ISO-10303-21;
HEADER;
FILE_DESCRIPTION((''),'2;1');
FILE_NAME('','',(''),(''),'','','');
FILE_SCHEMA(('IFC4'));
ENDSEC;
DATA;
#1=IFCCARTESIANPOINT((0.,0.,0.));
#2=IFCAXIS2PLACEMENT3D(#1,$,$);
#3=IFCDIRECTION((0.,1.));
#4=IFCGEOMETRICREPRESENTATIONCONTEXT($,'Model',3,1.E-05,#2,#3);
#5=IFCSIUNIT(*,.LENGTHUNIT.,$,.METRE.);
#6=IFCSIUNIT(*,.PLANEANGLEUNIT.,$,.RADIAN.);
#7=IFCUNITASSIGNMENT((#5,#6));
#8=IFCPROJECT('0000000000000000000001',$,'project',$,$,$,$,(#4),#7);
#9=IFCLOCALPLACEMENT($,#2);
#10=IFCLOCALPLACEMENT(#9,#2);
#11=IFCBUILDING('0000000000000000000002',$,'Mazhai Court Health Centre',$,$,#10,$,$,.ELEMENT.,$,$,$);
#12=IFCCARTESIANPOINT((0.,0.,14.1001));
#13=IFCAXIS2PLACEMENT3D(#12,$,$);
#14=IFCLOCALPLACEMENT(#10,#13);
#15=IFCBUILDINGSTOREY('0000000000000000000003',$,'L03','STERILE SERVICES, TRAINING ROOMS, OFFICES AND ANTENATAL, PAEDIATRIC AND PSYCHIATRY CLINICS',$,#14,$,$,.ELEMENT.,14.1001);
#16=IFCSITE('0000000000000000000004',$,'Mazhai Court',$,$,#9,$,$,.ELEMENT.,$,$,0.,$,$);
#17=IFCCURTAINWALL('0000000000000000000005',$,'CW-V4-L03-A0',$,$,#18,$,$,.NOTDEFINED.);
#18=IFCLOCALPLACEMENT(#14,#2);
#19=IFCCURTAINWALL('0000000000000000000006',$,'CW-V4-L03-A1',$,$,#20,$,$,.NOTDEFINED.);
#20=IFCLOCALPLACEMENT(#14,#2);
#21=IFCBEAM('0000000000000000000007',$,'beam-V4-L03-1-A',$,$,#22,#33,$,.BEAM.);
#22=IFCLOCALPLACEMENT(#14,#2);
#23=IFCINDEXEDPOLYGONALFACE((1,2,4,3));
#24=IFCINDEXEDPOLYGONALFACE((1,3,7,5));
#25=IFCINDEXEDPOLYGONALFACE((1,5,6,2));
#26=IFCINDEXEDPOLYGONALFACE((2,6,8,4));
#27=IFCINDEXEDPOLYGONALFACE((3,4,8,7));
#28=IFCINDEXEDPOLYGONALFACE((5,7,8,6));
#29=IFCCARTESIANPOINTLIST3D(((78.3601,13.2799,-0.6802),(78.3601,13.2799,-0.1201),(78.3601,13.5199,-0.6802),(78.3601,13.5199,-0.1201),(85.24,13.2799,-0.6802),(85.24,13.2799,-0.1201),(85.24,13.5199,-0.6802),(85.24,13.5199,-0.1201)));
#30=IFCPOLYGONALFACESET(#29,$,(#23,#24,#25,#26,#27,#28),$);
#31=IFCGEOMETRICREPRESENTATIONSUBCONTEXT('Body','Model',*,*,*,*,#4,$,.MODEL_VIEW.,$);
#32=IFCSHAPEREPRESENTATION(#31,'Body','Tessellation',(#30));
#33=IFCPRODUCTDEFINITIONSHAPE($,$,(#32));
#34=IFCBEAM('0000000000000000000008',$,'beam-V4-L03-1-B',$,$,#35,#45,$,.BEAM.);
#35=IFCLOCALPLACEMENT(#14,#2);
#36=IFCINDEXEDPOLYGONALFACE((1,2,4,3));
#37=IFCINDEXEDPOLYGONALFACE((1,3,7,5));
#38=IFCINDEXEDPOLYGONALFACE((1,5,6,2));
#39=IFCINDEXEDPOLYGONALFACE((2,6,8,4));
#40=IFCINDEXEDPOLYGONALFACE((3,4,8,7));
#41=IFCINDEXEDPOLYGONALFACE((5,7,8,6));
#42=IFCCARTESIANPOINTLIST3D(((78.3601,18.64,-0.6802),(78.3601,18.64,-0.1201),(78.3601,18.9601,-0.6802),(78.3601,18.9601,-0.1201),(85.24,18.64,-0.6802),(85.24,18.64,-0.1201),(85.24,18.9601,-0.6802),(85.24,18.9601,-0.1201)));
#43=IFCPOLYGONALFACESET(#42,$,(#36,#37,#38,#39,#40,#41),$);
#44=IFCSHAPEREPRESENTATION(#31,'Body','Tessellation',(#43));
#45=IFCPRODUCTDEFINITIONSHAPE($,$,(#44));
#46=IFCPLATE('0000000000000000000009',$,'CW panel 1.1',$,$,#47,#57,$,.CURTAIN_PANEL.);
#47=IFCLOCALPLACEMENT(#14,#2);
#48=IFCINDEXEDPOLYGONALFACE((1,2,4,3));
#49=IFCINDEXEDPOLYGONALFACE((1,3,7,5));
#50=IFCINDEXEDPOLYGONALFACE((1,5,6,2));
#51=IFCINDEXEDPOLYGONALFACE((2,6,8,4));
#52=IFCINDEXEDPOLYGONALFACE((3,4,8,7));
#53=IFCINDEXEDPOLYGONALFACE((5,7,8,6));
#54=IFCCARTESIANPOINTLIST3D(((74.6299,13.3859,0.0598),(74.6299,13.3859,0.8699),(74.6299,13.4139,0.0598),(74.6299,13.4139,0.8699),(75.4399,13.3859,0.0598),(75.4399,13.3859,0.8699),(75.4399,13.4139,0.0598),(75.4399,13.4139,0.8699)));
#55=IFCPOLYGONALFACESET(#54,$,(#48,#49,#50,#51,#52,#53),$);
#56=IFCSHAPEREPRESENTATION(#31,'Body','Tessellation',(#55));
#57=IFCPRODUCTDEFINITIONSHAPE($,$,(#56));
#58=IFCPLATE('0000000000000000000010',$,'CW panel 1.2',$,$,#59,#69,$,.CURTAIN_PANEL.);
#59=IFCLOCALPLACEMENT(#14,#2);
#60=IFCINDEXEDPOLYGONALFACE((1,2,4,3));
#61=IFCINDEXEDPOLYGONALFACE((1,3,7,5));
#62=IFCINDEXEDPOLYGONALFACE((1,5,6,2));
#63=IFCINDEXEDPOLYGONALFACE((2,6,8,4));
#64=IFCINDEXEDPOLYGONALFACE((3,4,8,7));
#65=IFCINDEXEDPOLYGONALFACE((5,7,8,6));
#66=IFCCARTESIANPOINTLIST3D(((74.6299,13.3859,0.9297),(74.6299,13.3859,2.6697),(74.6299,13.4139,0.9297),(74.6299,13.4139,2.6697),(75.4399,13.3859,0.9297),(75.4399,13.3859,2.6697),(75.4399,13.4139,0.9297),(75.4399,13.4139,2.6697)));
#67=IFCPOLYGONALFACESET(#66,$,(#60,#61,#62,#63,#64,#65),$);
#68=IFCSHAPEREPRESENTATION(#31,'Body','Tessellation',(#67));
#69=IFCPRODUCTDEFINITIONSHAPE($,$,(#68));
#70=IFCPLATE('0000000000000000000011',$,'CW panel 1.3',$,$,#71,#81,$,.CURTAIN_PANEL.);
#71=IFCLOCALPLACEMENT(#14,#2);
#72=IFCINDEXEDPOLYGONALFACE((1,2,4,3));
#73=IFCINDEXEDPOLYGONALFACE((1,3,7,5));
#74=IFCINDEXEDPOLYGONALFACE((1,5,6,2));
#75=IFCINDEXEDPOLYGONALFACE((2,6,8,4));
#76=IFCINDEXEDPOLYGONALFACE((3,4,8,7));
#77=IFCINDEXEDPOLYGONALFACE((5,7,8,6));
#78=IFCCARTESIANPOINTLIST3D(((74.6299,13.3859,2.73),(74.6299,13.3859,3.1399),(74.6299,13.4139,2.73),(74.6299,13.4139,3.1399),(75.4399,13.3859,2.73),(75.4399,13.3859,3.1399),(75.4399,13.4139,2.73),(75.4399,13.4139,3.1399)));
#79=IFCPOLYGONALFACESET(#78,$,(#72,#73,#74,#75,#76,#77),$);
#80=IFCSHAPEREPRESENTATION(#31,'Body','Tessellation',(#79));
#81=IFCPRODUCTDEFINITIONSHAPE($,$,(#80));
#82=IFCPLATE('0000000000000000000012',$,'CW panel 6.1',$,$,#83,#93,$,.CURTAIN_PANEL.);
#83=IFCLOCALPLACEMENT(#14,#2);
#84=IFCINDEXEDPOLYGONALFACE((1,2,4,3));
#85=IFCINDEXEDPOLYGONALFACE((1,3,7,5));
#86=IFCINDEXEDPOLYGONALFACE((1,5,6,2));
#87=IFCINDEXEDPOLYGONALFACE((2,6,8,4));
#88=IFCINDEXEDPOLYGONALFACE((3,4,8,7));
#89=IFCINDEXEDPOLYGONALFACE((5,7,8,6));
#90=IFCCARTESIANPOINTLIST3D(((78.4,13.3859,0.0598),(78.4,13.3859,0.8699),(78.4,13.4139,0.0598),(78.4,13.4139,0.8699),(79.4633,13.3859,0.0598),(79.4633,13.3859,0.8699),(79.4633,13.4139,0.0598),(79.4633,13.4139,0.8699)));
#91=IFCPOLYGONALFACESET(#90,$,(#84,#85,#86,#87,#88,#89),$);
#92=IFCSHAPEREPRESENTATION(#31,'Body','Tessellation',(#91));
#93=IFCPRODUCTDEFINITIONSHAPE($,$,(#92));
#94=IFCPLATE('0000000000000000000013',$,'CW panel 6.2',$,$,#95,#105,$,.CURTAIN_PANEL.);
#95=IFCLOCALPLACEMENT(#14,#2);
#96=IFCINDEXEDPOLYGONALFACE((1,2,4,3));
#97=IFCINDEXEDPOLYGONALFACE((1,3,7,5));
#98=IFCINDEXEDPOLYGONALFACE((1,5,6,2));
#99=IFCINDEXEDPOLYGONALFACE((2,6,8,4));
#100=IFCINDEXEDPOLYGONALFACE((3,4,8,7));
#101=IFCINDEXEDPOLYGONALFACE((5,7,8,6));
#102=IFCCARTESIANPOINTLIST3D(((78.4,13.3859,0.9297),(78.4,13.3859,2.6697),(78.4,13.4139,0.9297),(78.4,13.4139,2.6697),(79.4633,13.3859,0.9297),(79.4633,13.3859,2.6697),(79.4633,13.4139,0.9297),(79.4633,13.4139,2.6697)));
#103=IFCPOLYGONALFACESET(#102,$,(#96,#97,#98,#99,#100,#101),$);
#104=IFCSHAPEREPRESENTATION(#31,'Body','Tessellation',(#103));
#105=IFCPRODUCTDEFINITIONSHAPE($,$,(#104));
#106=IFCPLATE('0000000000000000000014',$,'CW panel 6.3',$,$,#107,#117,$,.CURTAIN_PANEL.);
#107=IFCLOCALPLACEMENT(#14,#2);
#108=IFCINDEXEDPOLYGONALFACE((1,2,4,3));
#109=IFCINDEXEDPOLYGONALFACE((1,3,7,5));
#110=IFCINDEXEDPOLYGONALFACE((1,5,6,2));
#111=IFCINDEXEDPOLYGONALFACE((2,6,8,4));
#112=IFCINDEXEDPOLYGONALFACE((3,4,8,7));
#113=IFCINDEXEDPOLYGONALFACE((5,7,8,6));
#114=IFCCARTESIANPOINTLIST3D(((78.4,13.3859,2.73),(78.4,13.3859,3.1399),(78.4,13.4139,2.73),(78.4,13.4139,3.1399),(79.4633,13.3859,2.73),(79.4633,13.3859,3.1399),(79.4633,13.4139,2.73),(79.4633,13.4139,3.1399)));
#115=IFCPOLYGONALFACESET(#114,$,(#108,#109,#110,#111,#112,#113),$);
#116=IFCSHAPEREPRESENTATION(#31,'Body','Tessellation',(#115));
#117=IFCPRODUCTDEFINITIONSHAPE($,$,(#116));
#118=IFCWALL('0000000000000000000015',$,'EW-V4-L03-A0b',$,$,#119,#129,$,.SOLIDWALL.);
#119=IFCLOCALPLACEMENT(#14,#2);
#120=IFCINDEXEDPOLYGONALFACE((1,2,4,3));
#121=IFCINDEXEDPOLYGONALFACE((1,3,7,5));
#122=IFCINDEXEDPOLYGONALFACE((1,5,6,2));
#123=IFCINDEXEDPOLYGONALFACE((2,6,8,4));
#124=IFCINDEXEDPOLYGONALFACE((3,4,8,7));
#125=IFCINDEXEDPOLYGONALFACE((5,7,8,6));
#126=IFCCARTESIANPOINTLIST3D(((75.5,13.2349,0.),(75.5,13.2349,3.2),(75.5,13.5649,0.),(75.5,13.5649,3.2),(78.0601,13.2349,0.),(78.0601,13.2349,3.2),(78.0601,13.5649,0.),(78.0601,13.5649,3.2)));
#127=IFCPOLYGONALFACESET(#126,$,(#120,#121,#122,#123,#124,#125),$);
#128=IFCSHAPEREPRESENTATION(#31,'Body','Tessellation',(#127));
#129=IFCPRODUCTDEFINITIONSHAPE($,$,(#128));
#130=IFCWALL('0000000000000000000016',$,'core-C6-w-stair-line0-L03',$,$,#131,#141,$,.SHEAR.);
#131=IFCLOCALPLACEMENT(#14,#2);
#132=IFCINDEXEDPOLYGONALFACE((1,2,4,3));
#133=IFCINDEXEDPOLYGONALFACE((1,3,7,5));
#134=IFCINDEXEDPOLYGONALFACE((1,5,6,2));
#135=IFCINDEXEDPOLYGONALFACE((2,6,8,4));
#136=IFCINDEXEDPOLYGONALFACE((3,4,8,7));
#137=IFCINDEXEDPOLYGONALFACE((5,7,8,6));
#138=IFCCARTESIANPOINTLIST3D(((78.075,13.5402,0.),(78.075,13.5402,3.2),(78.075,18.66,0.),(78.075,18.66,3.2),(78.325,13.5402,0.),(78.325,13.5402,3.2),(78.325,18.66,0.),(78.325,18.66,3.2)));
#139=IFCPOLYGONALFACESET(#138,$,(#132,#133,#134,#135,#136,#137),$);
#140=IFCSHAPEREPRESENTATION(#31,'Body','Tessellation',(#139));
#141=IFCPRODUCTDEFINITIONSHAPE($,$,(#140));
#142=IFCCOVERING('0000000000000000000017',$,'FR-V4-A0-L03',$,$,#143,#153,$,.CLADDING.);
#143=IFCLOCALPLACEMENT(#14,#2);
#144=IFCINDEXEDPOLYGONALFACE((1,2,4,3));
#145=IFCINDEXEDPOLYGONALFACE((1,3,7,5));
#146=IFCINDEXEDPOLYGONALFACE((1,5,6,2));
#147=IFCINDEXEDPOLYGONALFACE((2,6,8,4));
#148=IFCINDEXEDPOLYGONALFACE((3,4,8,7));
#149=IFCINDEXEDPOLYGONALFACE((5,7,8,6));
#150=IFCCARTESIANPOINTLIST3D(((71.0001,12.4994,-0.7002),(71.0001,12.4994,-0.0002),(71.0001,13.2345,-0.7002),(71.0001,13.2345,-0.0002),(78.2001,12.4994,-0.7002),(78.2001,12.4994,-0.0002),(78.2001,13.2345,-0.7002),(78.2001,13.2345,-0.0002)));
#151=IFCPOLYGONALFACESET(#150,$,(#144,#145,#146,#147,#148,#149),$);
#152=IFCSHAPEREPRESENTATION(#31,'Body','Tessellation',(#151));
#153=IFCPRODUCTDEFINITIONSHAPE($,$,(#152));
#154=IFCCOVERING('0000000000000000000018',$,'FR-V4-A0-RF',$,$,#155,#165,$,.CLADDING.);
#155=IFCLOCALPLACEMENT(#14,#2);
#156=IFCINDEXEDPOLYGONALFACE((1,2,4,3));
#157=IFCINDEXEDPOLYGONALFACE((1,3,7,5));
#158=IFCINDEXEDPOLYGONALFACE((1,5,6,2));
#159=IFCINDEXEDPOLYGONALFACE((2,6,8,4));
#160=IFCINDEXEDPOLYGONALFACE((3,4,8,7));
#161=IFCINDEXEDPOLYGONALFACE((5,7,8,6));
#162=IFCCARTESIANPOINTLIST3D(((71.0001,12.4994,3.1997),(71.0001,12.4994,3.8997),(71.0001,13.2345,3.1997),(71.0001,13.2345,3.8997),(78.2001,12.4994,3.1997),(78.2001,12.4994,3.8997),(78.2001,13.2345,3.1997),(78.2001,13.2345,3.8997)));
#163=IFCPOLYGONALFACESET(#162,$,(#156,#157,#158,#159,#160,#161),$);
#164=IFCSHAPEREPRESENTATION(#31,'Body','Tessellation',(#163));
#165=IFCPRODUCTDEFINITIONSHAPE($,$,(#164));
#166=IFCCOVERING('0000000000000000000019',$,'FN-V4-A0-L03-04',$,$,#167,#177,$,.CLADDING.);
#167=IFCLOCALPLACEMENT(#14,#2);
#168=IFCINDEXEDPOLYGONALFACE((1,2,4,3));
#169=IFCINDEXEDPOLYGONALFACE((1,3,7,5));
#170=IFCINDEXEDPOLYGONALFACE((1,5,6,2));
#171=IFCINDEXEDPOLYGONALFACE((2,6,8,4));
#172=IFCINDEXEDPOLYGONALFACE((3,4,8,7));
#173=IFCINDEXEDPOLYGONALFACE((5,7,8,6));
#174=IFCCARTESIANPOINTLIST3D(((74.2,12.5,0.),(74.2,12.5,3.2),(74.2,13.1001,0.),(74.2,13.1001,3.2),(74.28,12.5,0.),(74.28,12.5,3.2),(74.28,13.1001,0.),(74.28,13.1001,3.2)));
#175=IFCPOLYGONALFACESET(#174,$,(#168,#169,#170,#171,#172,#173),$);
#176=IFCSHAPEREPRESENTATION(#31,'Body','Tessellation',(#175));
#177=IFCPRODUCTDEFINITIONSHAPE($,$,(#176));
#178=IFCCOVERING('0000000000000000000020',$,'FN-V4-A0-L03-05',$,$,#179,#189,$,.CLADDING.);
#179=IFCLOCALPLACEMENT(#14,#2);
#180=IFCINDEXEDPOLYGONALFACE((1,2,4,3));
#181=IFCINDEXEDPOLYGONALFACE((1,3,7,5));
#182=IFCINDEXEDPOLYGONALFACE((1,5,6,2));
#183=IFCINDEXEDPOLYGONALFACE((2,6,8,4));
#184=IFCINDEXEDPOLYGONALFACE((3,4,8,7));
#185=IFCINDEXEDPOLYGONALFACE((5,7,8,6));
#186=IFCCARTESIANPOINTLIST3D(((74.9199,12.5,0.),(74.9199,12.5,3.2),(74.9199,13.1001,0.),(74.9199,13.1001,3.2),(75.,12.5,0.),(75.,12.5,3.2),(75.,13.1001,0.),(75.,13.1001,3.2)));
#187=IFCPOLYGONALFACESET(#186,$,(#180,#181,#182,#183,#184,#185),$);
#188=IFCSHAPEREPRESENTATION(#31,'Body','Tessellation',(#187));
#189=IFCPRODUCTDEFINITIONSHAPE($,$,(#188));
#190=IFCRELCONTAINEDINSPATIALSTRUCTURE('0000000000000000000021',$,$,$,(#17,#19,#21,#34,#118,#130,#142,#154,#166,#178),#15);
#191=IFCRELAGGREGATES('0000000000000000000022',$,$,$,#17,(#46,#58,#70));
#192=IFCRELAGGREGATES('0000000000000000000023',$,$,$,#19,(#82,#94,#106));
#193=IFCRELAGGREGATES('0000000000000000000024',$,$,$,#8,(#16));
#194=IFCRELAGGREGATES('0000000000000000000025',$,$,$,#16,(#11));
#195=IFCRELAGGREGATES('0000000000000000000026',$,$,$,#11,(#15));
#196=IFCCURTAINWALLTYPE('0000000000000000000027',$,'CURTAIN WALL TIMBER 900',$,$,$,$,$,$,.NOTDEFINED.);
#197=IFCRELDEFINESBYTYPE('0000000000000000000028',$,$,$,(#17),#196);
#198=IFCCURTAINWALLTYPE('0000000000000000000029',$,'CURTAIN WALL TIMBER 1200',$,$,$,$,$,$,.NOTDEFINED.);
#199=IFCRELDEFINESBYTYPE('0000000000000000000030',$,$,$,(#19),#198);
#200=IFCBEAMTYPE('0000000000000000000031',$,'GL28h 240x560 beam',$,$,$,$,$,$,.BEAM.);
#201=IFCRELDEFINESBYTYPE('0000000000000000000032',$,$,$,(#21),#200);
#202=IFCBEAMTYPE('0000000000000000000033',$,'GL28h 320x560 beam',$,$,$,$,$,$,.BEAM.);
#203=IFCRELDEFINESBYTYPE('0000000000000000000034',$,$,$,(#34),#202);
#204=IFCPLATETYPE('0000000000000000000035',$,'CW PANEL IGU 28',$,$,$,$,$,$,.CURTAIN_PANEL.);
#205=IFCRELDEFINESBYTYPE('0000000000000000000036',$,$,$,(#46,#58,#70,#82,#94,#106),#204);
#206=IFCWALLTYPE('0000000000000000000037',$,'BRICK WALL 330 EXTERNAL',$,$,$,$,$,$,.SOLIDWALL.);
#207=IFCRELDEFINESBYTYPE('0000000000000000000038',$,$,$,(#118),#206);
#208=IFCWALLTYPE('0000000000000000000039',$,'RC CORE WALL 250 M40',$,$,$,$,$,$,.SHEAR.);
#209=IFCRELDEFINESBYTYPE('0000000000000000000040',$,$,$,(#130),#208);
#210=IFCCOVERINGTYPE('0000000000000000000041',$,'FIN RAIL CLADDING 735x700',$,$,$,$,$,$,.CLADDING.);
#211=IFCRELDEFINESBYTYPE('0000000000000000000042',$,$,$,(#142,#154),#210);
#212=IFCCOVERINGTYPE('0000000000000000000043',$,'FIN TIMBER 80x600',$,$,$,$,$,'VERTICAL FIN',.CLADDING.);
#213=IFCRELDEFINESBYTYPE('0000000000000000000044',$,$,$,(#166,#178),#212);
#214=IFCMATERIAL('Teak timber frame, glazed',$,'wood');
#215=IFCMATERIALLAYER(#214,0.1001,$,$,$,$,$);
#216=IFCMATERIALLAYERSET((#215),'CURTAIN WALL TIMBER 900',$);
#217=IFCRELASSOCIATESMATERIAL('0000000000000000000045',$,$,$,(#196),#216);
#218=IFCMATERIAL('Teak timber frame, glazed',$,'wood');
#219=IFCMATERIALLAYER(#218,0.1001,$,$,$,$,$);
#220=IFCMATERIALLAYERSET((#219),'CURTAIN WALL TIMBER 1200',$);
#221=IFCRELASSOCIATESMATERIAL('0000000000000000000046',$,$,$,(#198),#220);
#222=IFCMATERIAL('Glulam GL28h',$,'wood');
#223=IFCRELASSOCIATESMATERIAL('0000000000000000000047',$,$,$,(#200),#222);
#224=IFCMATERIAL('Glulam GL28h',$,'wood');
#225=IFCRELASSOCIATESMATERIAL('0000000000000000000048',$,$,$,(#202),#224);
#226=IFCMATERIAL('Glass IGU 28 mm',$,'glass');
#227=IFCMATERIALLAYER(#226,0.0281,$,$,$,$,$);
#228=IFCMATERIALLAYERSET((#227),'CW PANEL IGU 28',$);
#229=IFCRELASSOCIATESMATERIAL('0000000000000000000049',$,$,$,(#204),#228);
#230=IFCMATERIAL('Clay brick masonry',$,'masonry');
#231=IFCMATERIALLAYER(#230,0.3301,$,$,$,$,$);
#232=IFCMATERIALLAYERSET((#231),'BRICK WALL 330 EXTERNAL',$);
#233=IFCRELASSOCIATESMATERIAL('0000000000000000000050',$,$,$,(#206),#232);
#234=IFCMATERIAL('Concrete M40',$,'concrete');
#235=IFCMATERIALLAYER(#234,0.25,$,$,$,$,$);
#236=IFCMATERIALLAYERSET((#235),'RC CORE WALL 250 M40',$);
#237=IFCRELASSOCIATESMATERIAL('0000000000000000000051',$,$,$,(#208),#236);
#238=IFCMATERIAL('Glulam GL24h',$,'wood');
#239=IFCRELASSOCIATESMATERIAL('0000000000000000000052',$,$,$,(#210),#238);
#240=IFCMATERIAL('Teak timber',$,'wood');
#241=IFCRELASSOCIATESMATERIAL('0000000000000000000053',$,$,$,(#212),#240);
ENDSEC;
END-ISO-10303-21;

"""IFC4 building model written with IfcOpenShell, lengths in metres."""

from ifc_helpers import new_model, si_unit, direction, frame, frame_2d, origin, origin_2d, place, context, subcontext, project, spatial, rectangle, extrude, material, layer, layer_set, material_profile, profile_set, type_object, element, aggregate, save


model = new_model("IFC4")

# Units and contexts
model_context = context("Model", 3, precision=1e-05, world=origin(), true_north=direction((0.0, 1.0)))
body_context = subcontext(model_context, "Body", "Model", "MODEL_VIEW")
ifc_project = project(units=[si_unit("LENGTHUNIT", "METRE"), si_unit("PLANEANGLEUNIT", "RADIAN")], contexts=[model_context])

# Site, building, storey
site_placement = place(None, origin())
site = spatial("IfcSite", under=ifc_project, at=site_placement, Name="Mazhai Court", CompositionType="ELEMENT", RefElevation=0.0)
building_placement = place(site_placement, origin())
building = spatial("IfcBuilding", under=site, at=building_placement, Name="Mazhai Court Health Centre", CompositionType="ELEMENT")
storey_placement = place(building_placement, frame((0.0, 0.0, 14.1001)))
storey = spatial("IfcBuildingStorey", under=building, at=storey_placement, Name="L03", Description="STERILE SERVICES, TRAINING ROOMS, OFFICES AND ANTENATAL, PAEDIATRIC AND PSYCHIATRY CLINICS", CompositionType="ELEMENT", Elevation=14.1001)

# Curtain wall
ifc_material_1 = material(Name="Teak timber frame, glazed", Category="wood")
ifc_layer_1 = layer(ifc_material_1, 0.1001)
ifc_layer_set_1 = layer_set([ifc_layer_1], Name="CURTAIN WALL TIMBER 900")
curtain_wall_type_1 = type_object("IfcCurtainWallType", Name="CURTAIN WALL TIMBER 900", PredefinedType="NOTDEFINED", material=ifc_layer_set_1)
curtain_wall_1_placement = place(storey_placement, origin())
curtain_wall_1 = element("IfcCurtainWall", 1, at=curtain_wall_1_placement, inside=storey, type_object=curtain_wall_type_1, Name="CW-V4-L03-A0", PredefinedType="NOTDEFINED")

# Curtain wall
ifc_material_2 = material(Name="Teak timber frame, glazed", Category="wood")
ifc_layer_2 = layer(ifc_material_2, 0.1001)
ifc_layer_set_2 = layer_set([ifc_layer_2], Name="CURTAIN WALL TIMBER 1200")
curtain_wall_type_2 = type_object("IfcCurtainWallType", Name="CURTAIN WALL TIMBER 1200", PredefinedType="NOTDEFINED", material=ifc_layer_set_2)
curtain_wall_2_placement = place(storey_placement, origin())
curtain_wall_2 = element("IfcCurtainWall", 2, at=curtain_wall_2_placement, inside=storey, type_object=curtain_wall_type_2, Name="CW-V4-L03-A1", PredefinedType="NOTDEFINED")

# Beams
ifc_material_3 = material(Name="Glulam GL28h", Category="wood")
ifc_material_profile_1 = material_profile(ifc_material_3, rectangle(XDim=0.24, YDim=0.5601, at=origin_2d()), Name="GL28h 240x560")
ifc_profile_set_1 = profile_set([ifc_material_profile_1], Name="Glulam GL28h")
beam_type_1 = type_object("IfcBeamType", Name="GL28h 240x560 beam", PredefinedType="BEAM", material=ifc_profile_set_1)
beam_1_placement = place(storey_placement, frame((78.3601, 13.3999, -0.4001), z_axis=(1.0, 0.0, 0.0), x_axis=(0.0, 1.0, 0.0)))
element("IfcBeam", 3, at=beam_1_placement, inside=storey, type_object=beam_type_1, Name="beam-V4-L03-1-A", PredefinedType="BEAM", context=body_context, shape_type="SweptSolid", body=[
    extrude(rectangle(XDim=0.24, YDim=0.5601, at=origin_2d()), origin(), (0.0, 0.0, 1.0), 6.8799),
])
ifc_material_4 = material(Name="Glulam GL28h", Category="wood")
ifc_material_profile_2 = material_profile(ifc_material_4, rectangle(XDim=0.3201, YDim=0.5601, at=origin_2d()), Name="GL28h 320x560")
ifc_profile_set_2 = profile_set([ifc_material_profile_2], Name="Glulam GL28h")
beam_type_2 = type_object("IfcBeamType", Name="GL28h 320x560 beam", PredefinedType="BEAM", material=ifc_profile_set_2)
beam_2_placement = place(storey_placement, frame((78.3601, 18.8, -0.4001), z_axis=(1.0, 0.0, 0.0), x_axis=(0.0, 1.0, 0.0)))
element("IfcBeam", 4, at=beam_2_placement, inside=storey, type_object=beam_type_2, Name="beam-V4-L03-1-B", PredefinedType="BEAM", context=body_context, shape_type="SweptSolid", body=[
    extrude(rectangle(XDim=0.3201, YDim=0.5601, at=origin_2d()), origin(), (0.0, 0.0, 1.0), 6.8799),
])

# Plates
ifc_material_5 = material(Name="Glass IGU 28 mm", Category="glass")
ifc_layer_3 = layer(ifc_material_5, 0.0281)
ifc_layer_set_3 = layer_set([ifc_layer_3], Name="CW PANEL IGU 28")
plate_type = type_object("IfcPlateType", Name="CW PANEL IGU 28", PredefinedType="CURTAIN_PANEL", material=ifc_layer_set_3)
plate_1_placement = place(storey_placement, frame((75.0349, 13.3999, 0.0598), z_axis=(0.0, 0.0, 1.0), x_axis=(-1.0, 0.0, 0.0)))
plate_1 = element("IfcPlate", 5, at=plate_1_placement, type_object=plate_type, Name="CW panel 1.1", PredefinedType="CURTAIN_PANEL", context=body_context, shape_type="SweptSolid", body=[
    extrude(rectangle(XDim=0.8101, YDim=0.0281, at=origin_2d()), origin(), (0.0, 0.0, 1.0), 0.8101),
])
plate_2_placement = place(storey_placement, frame((75.0349, 13.3999, 0.9297), z_axis=(0.0, 0.0, 1.0), x_axis=(-1.0, 0.0, 0.0)))
plate_2 = element("IfcPlate", 6, at=plate_2_placement, type_object=plate_type, Name="CW panel 1.2", PredefinedType="CURTAIN_PANEL", context=body_context, shape_type="SweptSolid", body=[
    extrude(rectangle(XDim=0.8101, YDim=0.0281, at=origin_2d()), origin(), (0.0, 0.0, 1.0), 1.74),
])
plate_3_placement = place(storey_placement, frame((75.0349, 13.3999, 2.73), z_axis=(0.0, 0.0, 1.0), x_axis=(-1.0, 0.0, 0.0)))
plate_3 = element("IfcPlate", 7, at=plate_3_placement, type_object=plate_type, Name="CW panel 1.3", PredefinedType="CURTAIN_PANEL", context=body_context, shape_type="SweptSolid", body=[
    extrude(rectangle(XDim=0.8101, YDim=0.0281, at=origin_2d()), origin(), (0.0, 0.0, 1.0), 0.4099),
])
aggregate(curtain_wall_1, [plate_1, plate_2, plate_3])
plate_4_placement = place(storey_placement, frame((78.9316, 13.3999, 0.0598), z_axis=(0.0, 0.0, 1.0), x_axis=(-1.0, 0.0, 0.0)))
plate_4 = element("IfcPlate", 8, at=plate_4_placement, type_object=plate_type, Name="CW panel 6.1", PredefinedType="CURTAIN_PANEL", context=body_context, shape_type="SweptSolid", body=[
    extrude(rectangle(XDim=1.0632, YDim=0.0281, at=origin_2d()), origin(), (0.0, 0.0, 1.0), 0.8101),
])
plate_5_placement = place(storey_placement, frame((78.9316, 13.3999, 0.9297), z_axis=(0.0, 0.0, 1.0), x_axis=(-1.0, 0.0, 0.0)))
plate_5 = element("IfcPlate", 9, at=plate_5_placement, type_object=plate_type, Name="CW panel 6.2", PredefinedType="CURTAIN_PANEL", context=body_context, shape_type="SweptSolid", body=[
    extrude(rectangle(XDim=1.0632, YDim=0.0281, at=origin_2d()), origin(), (0.0, 0.0, 1.0), 1.74),
])
plate_6_placement = place(storey_placement, frame((78.9316, 13.3999, 2.73), z_axis=(0.0, 0.0, 1.0), x_axis=(-1.0, 0.0, 0.0)))
plate_6 = element("IfcPlate", 10, at=plate_6_placement, type_object=plate_type, Name="CW panel 6.3", PredefinedType="CURTAIN_PANEL", context=body_context, shape_type="SweptSolid", body=[
    extrude(rectangle(XDim=1.0632, YDim=0.0281, at=origin_2d()), origin(), (0.0, 0.0, 1.0), 0.4099),
])
aggregate(curtain_wall_2, [plate_4, plate_5, plate_6])

# Walls
ifc_material_6 = material(Name="Clay brick masonry", Category="masonry")
ifc_layer_4 = layer(ifc_material_6, 0.3301)
ifc_layer_set_4 = layer_set([ifc_layer_4], Name="BRICK WALL 330 EXTERNAL")
wall_type_1 = type_object("IfcWallType", Name="BRICK WALL 330 EXTERNAL", PredefinedType="SOLIDWALL", material=ifc_layer_set_4)
wall_1_placement = place(storey_placement, frame((78.0601, 13.3999, 0.0), z_axis=(0.0, 0.0, 1.0), x_axis=(-1.0, 0.0, 0.0)))
element("IfcWall", 11, at=wall_1_placement, inside=storey, type_object=wall_type_1, Name="EW-V4-L03-A0b", PredefinedType="SOLIDWALL", context=body_context, shape_type="SweptSolid", body=[
    extrude(rectangle(XDim=2.5601, YDim=0.3301, at=frame_2d((1.28, 0.0))), origin(), (0.0, 0.0, 1.0), 3.2),
])
ifc_material_7 = material(Name="Concrete M40", Category="concrete")
ifc_layer_5 = layer(ifc_material_7, 0.25)
ifc_layer_set_5 = layer_set([ifc_layer_5], Name="RC CORE WALL 250 M40")
wall_type_2 = type_object("IfcWallType", Name="RC CORE WALL 250 M40", PredefinedType="SHEAR", material=ifc_layer_set_5)
wall_2_placement = place(storey_placement, frame((78.2, 13.54, 0.0), z_axis=(0.0, 0.0, 1.0), x_axis=(0.0, 1.0, 0.0)))
element("IfcWall", 12, at=wall_2_placement, inside=storey, type_object=wall_type_2, Name="core-C6-w-stair-line0-L03", PredefinedType="SHEAR", context=body_context, shape_type="SweptSolid", body=[
    extrude(rectangle(XDim=5.1199, YDim=0.25, at=frame_2d((2.5601, 0.0))), origin(), (0.0, 0.0, 1.0), 3.2),
])

# Coverings
ifc_material_8 = material(Name="Glulam GL24h", Category="wood")
covering_type_1 = type_object("IfcCoveringType", Name="FIN RAIL CLADDING 735x700", PredefinedType="CLADDING", material=ifc_material_8)
for number, where, z_axis, x_axis, name in (
    (13, (74.6001, 12.8669, -0.7002), (0.0, 0.0, 1.0), (1.0, 0.0, 0.0), "FR-V4-A0-L03"),
    (14, (74.6001, 12.8669, 3.1997), (0.0, 0.0, 1.0), (1.0, 0.0, 0.0), "FR-V4-A0-RF"),
):
    element("IfcCovering", number, at=place(storey_placement, frame(where, z_axis=z_axis, x_axis=x_axis)), inside=storey, type_object=covering_type_1, Name=name, PredefinedType="CLADDING", context=body_context, shape_type="SweptSolid", body=[
        extrude(rectangle(XDim=7.2, YDim=0.7351, at=origin_2d()), origin(), (0.0, 0.0, 1.0), 0.7),
    ])
ifc_material_9 = material(Name="Teak timber", Category="wood")
covering_type_2 = type_object("IfcCoveringType", Name="FIN TIMBER 80x600", ElementType="VERTICAL FIN", PredefinedType="CLADDING", material=ifc_material_9)
for number, where, z_axis, x_axis, name in (
    (15, (74.24, 12.8, 0.0), (0.0, 0.0, 1.0), (1.0, 0.0, 0.0), "FN-V4-A0-L03-04"),
    (16, (74.96, 12.8, 0.0), (0.0, 0.0, 1.0), (1.0, 0.0, 0.0), "FN-V4-A0-L03-05"),
):
    element("IfcCovering", number, at=place(storey_placement, frame(where, z_axis=z_axis, x_axis=x_axis)), inside=storey, type_object=covering_type_2, Name=name, PredefinedType="CLADDING", context=body_context, shape_type="SweptSolid", body=[
        extrude(rectangle(XDim=0.0801, YDim=0.6001, at=origin_2d()), origin(), (0.0, 0.0, 1.0), 3.2),
    ])

save(model, "model.ifc")
